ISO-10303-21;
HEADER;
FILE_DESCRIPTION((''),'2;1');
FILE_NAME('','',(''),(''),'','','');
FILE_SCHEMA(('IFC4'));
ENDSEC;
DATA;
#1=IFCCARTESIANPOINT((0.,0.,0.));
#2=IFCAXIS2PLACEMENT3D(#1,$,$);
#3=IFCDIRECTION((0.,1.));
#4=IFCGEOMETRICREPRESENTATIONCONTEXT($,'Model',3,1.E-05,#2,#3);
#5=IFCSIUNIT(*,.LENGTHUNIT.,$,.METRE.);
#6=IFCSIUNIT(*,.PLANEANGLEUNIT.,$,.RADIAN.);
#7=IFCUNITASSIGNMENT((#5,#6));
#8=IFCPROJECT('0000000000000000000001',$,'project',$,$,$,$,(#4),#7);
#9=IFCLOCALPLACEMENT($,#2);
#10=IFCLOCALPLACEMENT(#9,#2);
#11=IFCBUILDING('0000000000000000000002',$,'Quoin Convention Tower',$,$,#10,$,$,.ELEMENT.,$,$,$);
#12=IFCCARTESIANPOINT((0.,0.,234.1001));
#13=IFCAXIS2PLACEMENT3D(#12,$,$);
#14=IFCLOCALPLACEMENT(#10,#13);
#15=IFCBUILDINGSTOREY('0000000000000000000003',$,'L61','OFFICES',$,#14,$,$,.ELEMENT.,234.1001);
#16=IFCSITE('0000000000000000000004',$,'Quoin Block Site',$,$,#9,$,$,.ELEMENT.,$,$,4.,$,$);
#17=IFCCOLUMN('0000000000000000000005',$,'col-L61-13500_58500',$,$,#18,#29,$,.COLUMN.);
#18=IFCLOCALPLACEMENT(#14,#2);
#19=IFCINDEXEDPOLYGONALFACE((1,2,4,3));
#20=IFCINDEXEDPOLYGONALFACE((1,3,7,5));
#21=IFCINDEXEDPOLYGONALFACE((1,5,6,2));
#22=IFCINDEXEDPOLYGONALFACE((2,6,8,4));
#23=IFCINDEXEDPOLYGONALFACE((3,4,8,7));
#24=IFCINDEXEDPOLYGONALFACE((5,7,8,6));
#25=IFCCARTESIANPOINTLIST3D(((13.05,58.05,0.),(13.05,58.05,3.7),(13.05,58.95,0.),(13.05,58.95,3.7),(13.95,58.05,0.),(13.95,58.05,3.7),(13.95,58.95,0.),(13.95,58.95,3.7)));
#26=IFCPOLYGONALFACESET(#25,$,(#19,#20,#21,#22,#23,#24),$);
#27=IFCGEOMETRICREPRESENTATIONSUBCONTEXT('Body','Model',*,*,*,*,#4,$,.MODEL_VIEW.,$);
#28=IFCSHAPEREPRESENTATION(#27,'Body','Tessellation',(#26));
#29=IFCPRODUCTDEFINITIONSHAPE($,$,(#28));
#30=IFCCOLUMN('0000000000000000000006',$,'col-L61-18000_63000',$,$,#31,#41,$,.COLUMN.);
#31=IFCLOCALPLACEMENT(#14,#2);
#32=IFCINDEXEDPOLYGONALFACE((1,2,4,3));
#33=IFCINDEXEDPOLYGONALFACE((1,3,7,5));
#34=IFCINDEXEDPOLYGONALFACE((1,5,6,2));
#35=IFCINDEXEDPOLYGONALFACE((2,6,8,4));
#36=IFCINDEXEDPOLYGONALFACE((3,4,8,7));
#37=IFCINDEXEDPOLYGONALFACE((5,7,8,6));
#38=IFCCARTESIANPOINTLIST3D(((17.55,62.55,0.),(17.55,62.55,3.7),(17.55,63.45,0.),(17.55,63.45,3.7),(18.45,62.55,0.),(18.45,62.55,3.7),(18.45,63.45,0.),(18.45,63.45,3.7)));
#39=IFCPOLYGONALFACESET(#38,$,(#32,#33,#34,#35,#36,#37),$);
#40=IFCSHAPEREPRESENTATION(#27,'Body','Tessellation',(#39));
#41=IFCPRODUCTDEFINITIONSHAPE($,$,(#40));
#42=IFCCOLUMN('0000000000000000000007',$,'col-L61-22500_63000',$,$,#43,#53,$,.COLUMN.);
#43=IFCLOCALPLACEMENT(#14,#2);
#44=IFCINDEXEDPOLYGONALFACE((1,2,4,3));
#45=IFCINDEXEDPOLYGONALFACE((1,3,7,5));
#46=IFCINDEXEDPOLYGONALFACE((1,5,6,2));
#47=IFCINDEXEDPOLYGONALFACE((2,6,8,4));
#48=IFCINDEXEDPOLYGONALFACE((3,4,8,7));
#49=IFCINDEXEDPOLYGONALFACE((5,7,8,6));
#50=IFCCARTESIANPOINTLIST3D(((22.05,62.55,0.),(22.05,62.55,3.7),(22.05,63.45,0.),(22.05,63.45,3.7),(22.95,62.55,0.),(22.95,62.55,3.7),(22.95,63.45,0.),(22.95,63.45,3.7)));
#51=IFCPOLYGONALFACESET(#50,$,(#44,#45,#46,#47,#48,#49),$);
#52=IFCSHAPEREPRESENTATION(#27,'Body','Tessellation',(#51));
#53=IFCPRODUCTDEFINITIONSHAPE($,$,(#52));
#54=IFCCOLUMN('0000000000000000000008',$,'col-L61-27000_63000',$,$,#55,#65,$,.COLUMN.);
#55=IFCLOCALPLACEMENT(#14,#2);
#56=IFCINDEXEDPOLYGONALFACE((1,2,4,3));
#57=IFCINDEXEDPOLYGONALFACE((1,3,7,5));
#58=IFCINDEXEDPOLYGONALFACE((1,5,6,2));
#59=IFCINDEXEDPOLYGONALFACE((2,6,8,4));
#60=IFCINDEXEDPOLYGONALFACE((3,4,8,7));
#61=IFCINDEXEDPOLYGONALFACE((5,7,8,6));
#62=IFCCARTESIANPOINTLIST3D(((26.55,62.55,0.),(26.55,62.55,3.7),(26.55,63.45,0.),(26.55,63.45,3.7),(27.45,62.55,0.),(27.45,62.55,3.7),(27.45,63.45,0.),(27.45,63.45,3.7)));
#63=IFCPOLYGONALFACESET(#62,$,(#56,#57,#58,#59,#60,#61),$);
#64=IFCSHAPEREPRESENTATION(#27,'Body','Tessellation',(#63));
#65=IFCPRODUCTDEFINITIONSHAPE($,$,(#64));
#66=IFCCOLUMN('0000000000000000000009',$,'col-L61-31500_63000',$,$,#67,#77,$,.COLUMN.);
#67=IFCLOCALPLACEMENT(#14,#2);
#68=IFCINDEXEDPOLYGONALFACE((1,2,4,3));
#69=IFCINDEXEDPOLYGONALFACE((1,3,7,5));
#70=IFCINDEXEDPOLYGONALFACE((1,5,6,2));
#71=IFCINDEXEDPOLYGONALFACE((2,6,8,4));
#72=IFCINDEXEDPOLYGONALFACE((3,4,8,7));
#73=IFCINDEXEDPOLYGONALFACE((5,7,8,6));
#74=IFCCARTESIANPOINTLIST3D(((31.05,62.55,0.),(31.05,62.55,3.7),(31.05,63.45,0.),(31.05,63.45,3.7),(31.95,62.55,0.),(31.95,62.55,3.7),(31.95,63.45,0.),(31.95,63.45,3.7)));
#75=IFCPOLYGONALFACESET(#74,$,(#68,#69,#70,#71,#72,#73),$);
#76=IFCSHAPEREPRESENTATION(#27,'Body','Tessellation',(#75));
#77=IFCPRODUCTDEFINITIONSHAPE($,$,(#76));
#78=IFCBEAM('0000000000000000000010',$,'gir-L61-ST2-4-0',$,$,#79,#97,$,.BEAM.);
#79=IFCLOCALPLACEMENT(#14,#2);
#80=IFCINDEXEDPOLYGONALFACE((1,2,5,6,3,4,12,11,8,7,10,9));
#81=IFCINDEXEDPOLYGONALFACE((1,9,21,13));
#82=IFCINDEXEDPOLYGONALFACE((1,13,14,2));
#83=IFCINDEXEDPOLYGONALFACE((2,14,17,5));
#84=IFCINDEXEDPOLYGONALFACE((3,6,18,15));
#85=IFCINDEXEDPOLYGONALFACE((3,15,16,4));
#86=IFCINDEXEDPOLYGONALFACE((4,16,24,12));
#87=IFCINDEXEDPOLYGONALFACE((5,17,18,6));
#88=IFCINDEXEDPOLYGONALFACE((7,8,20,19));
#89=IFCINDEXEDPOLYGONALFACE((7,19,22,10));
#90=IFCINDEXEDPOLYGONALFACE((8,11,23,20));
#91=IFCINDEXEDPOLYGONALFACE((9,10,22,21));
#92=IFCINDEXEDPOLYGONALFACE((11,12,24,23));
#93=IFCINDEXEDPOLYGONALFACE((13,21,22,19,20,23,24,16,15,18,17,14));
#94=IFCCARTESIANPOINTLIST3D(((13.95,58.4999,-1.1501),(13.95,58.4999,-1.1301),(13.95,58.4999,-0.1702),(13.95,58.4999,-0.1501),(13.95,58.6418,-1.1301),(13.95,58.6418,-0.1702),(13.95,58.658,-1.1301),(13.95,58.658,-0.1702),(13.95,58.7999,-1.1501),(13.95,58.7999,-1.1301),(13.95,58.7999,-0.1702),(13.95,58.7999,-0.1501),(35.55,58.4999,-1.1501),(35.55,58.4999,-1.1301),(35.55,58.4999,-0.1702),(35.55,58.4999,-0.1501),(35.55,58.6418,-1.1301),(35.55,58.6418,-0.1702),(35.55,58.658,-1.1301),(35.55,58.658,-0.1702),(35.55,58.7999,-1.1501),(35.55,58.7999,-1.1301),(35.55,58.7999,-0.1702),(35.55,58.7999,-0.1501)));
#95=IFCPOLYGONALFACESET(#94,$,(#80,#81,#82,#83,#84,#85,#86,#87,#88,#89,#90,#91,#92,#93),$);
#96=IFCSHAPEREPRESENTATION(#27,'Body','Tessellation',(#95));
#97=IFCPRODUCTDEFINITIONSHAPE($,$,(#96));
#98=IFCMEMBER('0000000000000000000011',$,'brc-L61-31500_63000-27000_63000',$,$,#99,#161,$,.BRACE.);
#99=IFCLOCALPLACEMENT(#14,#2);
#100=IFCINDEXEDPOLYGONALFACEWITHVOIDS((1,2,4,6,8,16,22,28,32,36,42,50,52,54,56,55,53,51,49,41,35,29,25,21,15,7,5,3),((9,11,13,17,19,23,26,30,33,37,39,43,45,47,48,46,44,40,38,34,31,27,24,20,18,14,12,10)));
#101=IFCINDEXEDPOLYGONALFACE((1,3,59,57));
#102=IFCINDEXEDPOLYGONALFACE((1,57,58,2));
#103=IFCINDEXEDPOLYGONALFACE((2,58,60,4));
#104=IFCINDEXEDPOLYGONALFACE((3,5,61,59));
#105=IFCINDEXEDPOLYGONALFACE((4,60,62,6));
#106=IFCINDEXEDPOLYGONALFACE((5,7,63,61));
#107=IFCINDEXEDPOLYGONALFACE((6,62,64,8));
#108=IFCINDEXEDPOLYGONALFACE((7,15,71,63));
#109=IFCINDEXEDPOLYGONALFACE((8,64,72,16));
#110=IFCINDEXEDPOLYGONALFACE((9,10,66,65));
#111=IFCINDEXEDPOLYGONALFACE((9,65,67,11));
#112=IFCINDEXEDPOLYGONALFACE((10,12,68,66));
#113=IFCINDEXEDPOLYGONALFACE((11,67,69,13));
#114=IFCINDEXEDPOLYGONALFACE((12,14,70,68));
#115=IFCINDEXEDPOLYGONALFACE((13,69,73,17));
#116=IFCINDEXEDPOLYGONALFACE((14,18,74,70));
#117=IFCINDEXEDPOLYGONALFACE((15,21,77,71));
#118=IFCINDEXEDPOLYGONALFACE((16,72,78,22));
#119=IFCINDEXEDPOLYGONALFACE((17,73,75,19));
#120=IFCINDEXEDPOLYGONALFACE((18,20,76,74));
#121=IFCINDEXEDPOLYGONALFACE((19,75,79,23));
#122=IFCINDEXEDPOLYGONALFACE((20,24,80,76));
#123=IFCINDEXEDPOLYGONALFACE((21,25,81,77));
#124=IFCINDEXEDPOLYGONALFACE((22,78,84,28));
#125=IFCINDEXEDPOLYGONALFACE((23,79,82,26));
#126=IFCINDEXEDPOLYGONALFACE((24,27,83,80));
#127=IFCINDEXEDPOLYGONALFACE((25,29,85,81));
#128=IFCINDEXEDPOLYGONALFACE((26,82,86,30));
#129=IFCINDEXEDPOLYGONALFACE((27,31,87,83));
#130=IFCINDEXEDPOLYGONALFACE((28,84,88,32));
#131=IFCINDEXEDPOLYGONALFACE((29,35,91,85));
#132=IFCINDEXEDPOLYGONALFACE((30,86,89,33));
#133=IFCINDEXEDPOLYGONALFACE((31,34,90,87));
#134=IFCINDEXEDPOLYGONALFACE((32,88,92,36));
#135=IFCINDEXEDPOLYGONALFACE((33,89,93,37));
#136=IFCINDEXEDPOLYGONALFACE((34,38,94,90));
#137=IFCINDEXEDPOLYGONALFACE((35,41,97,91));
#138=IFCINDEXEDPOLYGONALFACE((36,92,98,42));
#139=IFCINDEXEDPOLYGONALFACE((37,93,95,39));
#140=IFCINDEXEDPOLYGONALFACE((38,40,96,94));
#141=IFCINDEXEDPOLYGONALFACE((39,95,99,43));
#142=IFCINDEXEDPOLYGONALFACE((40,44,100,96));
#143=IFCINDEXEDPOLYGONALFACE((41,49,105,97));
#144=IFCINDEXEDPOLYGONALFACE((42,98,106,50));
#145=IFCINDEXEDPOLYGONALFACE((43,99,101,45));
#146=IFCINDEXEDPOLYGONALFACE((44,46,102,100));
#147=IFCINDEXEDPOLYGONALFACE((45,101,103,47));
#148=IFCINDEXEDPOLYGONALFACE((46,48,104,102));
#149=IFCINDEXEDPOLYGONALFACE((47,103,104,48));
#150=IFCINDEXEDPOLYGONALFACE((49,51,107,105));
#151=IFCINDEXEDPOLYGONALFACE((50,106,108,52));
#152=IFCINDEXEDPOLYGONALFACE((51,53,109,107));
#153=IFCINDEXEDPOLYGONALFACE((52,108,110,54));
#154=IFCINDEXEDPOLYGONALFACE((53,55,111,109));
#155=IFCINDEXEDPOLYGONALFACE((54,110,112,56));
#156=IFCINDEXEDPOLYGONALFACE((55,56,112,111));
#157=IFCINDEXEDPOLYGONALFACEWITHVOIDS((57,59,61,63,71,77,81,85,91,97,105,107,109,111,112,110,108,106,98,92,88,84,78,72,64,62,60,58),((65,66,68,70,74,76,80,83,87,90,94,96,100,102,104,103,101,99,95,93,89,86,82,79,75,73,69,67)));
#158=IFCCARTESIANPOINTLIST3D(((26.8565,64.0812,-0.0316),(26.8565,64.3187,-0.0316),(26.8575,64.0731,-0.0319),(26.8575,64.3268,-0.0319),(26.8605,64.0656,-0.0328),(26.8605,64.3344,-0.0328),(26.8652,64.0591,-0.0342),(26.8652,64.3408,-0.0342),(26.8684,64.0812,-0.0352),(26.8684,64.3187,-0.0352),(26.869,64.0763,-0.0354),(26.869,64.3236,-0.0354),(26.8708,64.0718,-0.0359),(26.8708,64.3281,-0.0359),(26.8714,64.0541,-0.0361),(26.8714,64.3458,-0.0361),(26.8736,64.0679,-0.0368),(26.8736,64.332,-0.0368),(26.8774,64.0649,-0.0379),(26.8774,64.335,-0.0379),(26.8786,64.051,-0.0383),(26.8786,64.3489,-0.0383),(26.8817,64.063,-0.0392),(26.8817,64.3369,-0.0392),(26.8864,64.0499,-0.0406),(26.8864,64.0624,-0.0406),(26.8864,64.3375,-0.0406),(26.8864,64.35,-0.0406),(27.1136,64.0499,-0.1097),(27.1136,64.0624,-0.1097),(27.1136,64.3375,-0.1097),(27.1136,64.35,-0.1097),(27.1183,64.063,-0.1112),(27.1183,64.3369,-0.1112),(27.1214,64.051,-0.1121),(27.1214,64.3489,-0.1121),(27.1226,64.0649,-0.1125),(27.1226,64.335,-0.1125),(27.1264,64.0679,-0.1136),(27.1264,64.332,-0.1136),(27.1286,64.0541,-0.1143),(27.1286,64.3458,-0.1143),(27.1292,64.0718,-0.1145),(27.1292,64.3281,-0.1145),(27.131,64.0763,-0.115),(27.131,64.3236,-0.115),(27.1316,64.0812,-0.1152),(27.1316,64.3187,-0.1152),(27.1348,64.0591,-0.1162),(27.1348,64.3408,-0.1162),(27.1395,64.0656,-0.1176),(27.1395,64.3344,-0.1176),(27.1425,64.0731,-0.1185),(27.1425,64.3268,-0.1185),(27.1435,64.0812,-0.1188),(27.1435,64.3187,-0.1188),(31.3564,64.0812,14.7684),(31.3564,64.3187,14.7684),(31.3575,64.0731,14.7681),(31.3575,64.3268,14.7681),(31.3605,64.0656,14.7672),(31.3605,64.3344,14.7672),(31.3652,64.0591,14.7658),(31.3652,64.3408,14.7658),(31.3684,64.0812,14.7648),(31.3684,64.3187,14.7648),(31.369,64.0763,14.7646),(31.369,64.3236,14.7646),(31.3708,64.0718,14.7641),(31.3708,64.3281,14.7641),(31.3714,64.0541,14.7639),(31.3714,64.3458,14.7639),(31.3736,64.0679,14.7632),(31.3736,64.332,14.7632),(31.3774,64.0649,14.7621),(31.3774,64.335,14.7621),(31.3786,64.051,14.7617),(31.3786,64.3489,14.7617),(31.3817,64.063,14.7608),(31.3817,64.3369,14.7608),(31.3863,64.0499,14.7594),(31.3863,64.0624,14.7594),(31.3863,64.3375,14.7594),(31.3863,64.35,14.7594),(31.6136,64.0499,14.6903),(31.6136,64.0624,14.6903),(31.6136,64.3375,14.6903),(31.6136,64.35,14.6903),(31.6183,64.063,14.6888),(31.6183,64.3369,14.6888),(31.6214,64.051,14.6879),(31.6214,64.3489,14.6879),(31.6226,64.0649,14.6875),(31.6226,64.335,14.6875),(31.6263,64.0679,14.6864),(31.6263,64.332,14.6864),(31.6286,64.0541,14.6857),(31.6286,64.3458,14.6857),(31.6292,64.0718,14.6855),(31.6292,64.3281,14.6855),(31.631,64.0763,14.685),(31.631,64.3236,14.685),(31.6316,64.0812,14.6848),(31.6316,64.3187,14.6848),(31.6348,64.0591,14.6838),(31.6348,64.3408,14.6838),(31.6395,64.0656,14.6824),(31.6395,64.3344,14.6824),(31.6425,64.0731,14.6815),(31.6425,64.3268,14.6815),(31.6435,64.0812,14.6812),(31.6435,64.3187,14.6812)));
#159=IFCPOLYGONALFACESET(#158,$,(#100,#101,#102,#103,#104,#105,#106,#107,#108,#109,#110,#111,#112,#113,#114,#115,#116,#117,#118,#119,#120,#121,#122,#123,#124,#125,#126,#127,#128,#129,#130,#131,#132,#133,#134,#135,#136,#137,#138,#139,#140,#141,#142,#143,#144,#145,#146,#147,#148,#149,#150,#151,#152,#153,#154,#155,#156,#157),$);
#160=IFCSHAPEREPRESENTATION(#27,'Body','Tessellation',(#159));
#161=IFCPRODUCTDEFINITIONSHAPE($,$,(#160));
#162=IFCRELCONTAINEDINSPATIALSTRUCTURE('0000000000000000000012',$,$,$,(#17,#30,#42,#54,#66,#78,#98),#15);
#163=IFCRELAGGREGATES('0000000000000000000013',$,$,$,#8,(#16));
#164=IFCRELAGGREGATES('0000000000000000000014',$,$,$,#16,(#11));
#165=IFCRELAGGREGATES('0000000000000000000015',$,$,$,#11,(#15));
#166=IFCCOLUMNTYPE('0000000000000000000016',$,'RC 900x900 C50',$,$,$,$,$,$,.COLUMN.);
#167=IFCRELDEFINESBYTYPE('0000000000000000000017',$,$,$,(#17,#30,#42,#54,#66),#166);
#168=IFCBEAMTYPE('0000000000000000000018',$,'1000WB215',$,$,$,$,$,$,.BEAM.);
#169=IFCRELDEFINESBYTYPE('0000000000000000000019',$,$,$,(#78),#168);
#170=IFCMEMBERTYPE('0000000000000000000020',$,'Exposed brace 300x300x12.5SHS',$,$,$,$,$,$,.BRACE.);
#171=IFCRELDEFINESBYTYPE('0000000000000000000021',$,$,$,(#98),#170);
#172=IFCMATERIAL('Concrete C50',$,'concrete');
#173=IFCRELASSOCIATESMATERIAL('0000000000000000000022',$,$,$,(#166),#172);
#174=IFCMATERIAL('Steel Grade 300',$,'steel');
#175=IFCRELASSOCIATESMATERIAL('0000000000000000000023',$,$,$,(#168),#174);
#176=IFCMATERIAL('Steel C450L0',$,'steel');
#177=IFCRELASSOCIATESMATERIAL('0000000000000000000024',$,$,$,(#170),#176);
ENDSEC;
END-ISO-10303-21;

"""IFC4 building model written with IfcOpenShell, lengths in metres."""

from ifc_helpers import new_model, si_unit, direction, frame, origin, origin_2d, place, context, subcontext, project, spatial, rectangle, hollow_rectangle, i_section, extrude, material, material_profile, profile_set, type_object, element, save


model = new_model("IFC4")

# Units and contexts
model_context = context("Model", 3, precision=1e-05, world=origin(), true_north=direction((0.0, 1.0)))
body_context = subcontext(model_context, "Body", "Model", "MODEL_VIEW")
ifc_project = project(units=[si_unit("LENGTHUNIT", "METRE"), si_unit("PLANEANGLEUNIT", "RADIAN")], contexts=[model_context])

# Site, building, storey
site_placement = place(None, origin())
site = spatial("IfcSite", under=ifc_project, at=site_placement, Name="Quoin Block Site", CompositionType="ELEMENT", RefElevation=4.0)
building_placement = place(site_placement, origin())
building = spatial("IfcBuilding", under=site, at=building_placement, Name="Quoin Convention Tower", CompositionType="ELEMENT")
storey_placement = place(building_placement, frame((0.0, 0.0, 234.1001)))
storey = spatial("IfcBuildingStorey", under=building, at=storey_placement, Name="L61", Description="OFFICES", CompositionType="ELEMENT", Elevation=234.1001)

# Columns
ifc_material_1 = material(Name="Concrete C50", Category="concrete")
ifc_material_profile_1 = material_profile(ifc_material_1, rectangle(XDim=0.8999, YDim=0.8999, at=origin_2d()), Name="RC 900x900")
ifc_profile_set_1 = profile_set([ifc_material_profile_1], Name="Concrete C50")
column_type = type_object("IfcColumnType", Name="RC 900x900 C50", PredefinedType="COLUMN", material=ifc_profile_set_1)
for number, where, z_axis, x_axis, name in (
    (1, (13.5, 58.5, 0.0), (0.0, 0.0, 1.0), (1.0, 0.0, 0.0), "col-L61-13500_58500"),
    (2, (18.0, 63.0, 0.0), (0.0, 0.0, 1.0), (1.0, 0.0, 0.0), "col-L61-18000_63000"),
    (3, (22.5, 63.0, 0.0), (0.0, 0.0, 1.0), (1.0, 0.0, 0.0), "col-L61-22500_63000"),
    (4, (27.0, 63.0, 0.0), (0.0, 0.0, 1.0), (1.0, 0.0, 0.0), "col-L61-27000_63000"),
    (5, (31.5, 63.0, 0.0), (0.0, 0.0, 1.0), (1.0, 0.0, 0.0), "col-L61-31500_63000"),
):
    element("IfcColumn", number, at=place(storey_placement, frame(where, z_axis=z_axis, x_axis=x_axis)), inside=storey, type_object=column_type, Name=name, PredefinedType="COLUMN", context=body_context, shape_type="SweptSolid", body=[
        extrude(rectangle(XDim=0.8999, YDim=0.8999, at=origin_2d()), origin(), (0.0, 0.0, 1.0), 3.7),
    ])

# Beam
ifc_material_2 = material(Name="Steel Grade 300", Category="steel")
ifc_material_profile_2 = material_profile(ifc_material_2, i_section(OverallWidth=0.3, OverallDepth=1.0, WebThickness=0.0161, FlangeThickness=0.02, at=origin_2d()), Name="1000WB215")
ifc_profile_set_2 = profile_set([ifc_material_profile_2], Name="Steel Grade 300")
beam_type_1 = type_object("IfcBeamType", Name="1000WB215", PredefinedType="BEAM", material=ifc_profile_set_2)
beam_1_placement = place(storey_placement, frame((13.95, 58.6499, -0.6501), z_axis=(1.0, 0.0, 0.0), x_axis=(0.0, 1.0, 0.0)))
element("IfcBeam", 6, at=beam_1_placement, inside=storey, type_object=beam_type_1, Name="gir-L61-ST2-4-0", PredefinedType="BEAM", context=body_context, shape_type="SweptSolid", body=[
    extrude(i_section(OverallWidth=0.3, OverallDepth=1.0, WebThickness=0.0161, FlangeThickness=0.02, at=origin_2d()), origin(), (0.0, 0.0, 1.0), 21.6001),
])

# Member
ifc_material_3 = material(Name="Steel C450L0", Category="steel")
ifc_material_profile_3 = material_profile(ifc_material_3, hollow_rectangle(XDim=0.3, YDim=0.3, WallThickness=0.0125, InnerFilletRadius=0.0188, OuterFilletRadius=0.0312, at=origin_2d()), Name="300x300x12.5SHS")
ifc_profile_set_3 = profile_set([ifc_material_profile_3], Name="Steel C450L0")
member_type = type_object("IfcMemberType", Name="Exposed brace 300x300x12.5SHS", PredefinedType="BRACE", material=ifc_profile_set_3)
for number, where, z_axis, x_axis, name in (
    (7, (27.0, 64.2, -0.0752), (0.290903, 0.0, 0.956752), (0.0, 1.0, 0.0), "brc-L61-31500_63000-27000_63000"),
):
    element("IfcMember", number, at=place(storey_placement, frame(where, z_axis=z_axis, x_axis=x_axis)), inside=storey, type_object=member_type, Name=name, PredefinedType="BRACE", context=body_context, shape_type="SweptSolid", body=[
        extrude(hollow_rectangle(XDim=0.3, YDim=0.3, WallThickness=0.0125, InnerFilletRadius=0.0188, OuterFilletRadius=0.0312, at=origin_2d()), origin(), (0.0, 0.0, 1.0), 15.469),
    ])

save(model, "model.ifc")
